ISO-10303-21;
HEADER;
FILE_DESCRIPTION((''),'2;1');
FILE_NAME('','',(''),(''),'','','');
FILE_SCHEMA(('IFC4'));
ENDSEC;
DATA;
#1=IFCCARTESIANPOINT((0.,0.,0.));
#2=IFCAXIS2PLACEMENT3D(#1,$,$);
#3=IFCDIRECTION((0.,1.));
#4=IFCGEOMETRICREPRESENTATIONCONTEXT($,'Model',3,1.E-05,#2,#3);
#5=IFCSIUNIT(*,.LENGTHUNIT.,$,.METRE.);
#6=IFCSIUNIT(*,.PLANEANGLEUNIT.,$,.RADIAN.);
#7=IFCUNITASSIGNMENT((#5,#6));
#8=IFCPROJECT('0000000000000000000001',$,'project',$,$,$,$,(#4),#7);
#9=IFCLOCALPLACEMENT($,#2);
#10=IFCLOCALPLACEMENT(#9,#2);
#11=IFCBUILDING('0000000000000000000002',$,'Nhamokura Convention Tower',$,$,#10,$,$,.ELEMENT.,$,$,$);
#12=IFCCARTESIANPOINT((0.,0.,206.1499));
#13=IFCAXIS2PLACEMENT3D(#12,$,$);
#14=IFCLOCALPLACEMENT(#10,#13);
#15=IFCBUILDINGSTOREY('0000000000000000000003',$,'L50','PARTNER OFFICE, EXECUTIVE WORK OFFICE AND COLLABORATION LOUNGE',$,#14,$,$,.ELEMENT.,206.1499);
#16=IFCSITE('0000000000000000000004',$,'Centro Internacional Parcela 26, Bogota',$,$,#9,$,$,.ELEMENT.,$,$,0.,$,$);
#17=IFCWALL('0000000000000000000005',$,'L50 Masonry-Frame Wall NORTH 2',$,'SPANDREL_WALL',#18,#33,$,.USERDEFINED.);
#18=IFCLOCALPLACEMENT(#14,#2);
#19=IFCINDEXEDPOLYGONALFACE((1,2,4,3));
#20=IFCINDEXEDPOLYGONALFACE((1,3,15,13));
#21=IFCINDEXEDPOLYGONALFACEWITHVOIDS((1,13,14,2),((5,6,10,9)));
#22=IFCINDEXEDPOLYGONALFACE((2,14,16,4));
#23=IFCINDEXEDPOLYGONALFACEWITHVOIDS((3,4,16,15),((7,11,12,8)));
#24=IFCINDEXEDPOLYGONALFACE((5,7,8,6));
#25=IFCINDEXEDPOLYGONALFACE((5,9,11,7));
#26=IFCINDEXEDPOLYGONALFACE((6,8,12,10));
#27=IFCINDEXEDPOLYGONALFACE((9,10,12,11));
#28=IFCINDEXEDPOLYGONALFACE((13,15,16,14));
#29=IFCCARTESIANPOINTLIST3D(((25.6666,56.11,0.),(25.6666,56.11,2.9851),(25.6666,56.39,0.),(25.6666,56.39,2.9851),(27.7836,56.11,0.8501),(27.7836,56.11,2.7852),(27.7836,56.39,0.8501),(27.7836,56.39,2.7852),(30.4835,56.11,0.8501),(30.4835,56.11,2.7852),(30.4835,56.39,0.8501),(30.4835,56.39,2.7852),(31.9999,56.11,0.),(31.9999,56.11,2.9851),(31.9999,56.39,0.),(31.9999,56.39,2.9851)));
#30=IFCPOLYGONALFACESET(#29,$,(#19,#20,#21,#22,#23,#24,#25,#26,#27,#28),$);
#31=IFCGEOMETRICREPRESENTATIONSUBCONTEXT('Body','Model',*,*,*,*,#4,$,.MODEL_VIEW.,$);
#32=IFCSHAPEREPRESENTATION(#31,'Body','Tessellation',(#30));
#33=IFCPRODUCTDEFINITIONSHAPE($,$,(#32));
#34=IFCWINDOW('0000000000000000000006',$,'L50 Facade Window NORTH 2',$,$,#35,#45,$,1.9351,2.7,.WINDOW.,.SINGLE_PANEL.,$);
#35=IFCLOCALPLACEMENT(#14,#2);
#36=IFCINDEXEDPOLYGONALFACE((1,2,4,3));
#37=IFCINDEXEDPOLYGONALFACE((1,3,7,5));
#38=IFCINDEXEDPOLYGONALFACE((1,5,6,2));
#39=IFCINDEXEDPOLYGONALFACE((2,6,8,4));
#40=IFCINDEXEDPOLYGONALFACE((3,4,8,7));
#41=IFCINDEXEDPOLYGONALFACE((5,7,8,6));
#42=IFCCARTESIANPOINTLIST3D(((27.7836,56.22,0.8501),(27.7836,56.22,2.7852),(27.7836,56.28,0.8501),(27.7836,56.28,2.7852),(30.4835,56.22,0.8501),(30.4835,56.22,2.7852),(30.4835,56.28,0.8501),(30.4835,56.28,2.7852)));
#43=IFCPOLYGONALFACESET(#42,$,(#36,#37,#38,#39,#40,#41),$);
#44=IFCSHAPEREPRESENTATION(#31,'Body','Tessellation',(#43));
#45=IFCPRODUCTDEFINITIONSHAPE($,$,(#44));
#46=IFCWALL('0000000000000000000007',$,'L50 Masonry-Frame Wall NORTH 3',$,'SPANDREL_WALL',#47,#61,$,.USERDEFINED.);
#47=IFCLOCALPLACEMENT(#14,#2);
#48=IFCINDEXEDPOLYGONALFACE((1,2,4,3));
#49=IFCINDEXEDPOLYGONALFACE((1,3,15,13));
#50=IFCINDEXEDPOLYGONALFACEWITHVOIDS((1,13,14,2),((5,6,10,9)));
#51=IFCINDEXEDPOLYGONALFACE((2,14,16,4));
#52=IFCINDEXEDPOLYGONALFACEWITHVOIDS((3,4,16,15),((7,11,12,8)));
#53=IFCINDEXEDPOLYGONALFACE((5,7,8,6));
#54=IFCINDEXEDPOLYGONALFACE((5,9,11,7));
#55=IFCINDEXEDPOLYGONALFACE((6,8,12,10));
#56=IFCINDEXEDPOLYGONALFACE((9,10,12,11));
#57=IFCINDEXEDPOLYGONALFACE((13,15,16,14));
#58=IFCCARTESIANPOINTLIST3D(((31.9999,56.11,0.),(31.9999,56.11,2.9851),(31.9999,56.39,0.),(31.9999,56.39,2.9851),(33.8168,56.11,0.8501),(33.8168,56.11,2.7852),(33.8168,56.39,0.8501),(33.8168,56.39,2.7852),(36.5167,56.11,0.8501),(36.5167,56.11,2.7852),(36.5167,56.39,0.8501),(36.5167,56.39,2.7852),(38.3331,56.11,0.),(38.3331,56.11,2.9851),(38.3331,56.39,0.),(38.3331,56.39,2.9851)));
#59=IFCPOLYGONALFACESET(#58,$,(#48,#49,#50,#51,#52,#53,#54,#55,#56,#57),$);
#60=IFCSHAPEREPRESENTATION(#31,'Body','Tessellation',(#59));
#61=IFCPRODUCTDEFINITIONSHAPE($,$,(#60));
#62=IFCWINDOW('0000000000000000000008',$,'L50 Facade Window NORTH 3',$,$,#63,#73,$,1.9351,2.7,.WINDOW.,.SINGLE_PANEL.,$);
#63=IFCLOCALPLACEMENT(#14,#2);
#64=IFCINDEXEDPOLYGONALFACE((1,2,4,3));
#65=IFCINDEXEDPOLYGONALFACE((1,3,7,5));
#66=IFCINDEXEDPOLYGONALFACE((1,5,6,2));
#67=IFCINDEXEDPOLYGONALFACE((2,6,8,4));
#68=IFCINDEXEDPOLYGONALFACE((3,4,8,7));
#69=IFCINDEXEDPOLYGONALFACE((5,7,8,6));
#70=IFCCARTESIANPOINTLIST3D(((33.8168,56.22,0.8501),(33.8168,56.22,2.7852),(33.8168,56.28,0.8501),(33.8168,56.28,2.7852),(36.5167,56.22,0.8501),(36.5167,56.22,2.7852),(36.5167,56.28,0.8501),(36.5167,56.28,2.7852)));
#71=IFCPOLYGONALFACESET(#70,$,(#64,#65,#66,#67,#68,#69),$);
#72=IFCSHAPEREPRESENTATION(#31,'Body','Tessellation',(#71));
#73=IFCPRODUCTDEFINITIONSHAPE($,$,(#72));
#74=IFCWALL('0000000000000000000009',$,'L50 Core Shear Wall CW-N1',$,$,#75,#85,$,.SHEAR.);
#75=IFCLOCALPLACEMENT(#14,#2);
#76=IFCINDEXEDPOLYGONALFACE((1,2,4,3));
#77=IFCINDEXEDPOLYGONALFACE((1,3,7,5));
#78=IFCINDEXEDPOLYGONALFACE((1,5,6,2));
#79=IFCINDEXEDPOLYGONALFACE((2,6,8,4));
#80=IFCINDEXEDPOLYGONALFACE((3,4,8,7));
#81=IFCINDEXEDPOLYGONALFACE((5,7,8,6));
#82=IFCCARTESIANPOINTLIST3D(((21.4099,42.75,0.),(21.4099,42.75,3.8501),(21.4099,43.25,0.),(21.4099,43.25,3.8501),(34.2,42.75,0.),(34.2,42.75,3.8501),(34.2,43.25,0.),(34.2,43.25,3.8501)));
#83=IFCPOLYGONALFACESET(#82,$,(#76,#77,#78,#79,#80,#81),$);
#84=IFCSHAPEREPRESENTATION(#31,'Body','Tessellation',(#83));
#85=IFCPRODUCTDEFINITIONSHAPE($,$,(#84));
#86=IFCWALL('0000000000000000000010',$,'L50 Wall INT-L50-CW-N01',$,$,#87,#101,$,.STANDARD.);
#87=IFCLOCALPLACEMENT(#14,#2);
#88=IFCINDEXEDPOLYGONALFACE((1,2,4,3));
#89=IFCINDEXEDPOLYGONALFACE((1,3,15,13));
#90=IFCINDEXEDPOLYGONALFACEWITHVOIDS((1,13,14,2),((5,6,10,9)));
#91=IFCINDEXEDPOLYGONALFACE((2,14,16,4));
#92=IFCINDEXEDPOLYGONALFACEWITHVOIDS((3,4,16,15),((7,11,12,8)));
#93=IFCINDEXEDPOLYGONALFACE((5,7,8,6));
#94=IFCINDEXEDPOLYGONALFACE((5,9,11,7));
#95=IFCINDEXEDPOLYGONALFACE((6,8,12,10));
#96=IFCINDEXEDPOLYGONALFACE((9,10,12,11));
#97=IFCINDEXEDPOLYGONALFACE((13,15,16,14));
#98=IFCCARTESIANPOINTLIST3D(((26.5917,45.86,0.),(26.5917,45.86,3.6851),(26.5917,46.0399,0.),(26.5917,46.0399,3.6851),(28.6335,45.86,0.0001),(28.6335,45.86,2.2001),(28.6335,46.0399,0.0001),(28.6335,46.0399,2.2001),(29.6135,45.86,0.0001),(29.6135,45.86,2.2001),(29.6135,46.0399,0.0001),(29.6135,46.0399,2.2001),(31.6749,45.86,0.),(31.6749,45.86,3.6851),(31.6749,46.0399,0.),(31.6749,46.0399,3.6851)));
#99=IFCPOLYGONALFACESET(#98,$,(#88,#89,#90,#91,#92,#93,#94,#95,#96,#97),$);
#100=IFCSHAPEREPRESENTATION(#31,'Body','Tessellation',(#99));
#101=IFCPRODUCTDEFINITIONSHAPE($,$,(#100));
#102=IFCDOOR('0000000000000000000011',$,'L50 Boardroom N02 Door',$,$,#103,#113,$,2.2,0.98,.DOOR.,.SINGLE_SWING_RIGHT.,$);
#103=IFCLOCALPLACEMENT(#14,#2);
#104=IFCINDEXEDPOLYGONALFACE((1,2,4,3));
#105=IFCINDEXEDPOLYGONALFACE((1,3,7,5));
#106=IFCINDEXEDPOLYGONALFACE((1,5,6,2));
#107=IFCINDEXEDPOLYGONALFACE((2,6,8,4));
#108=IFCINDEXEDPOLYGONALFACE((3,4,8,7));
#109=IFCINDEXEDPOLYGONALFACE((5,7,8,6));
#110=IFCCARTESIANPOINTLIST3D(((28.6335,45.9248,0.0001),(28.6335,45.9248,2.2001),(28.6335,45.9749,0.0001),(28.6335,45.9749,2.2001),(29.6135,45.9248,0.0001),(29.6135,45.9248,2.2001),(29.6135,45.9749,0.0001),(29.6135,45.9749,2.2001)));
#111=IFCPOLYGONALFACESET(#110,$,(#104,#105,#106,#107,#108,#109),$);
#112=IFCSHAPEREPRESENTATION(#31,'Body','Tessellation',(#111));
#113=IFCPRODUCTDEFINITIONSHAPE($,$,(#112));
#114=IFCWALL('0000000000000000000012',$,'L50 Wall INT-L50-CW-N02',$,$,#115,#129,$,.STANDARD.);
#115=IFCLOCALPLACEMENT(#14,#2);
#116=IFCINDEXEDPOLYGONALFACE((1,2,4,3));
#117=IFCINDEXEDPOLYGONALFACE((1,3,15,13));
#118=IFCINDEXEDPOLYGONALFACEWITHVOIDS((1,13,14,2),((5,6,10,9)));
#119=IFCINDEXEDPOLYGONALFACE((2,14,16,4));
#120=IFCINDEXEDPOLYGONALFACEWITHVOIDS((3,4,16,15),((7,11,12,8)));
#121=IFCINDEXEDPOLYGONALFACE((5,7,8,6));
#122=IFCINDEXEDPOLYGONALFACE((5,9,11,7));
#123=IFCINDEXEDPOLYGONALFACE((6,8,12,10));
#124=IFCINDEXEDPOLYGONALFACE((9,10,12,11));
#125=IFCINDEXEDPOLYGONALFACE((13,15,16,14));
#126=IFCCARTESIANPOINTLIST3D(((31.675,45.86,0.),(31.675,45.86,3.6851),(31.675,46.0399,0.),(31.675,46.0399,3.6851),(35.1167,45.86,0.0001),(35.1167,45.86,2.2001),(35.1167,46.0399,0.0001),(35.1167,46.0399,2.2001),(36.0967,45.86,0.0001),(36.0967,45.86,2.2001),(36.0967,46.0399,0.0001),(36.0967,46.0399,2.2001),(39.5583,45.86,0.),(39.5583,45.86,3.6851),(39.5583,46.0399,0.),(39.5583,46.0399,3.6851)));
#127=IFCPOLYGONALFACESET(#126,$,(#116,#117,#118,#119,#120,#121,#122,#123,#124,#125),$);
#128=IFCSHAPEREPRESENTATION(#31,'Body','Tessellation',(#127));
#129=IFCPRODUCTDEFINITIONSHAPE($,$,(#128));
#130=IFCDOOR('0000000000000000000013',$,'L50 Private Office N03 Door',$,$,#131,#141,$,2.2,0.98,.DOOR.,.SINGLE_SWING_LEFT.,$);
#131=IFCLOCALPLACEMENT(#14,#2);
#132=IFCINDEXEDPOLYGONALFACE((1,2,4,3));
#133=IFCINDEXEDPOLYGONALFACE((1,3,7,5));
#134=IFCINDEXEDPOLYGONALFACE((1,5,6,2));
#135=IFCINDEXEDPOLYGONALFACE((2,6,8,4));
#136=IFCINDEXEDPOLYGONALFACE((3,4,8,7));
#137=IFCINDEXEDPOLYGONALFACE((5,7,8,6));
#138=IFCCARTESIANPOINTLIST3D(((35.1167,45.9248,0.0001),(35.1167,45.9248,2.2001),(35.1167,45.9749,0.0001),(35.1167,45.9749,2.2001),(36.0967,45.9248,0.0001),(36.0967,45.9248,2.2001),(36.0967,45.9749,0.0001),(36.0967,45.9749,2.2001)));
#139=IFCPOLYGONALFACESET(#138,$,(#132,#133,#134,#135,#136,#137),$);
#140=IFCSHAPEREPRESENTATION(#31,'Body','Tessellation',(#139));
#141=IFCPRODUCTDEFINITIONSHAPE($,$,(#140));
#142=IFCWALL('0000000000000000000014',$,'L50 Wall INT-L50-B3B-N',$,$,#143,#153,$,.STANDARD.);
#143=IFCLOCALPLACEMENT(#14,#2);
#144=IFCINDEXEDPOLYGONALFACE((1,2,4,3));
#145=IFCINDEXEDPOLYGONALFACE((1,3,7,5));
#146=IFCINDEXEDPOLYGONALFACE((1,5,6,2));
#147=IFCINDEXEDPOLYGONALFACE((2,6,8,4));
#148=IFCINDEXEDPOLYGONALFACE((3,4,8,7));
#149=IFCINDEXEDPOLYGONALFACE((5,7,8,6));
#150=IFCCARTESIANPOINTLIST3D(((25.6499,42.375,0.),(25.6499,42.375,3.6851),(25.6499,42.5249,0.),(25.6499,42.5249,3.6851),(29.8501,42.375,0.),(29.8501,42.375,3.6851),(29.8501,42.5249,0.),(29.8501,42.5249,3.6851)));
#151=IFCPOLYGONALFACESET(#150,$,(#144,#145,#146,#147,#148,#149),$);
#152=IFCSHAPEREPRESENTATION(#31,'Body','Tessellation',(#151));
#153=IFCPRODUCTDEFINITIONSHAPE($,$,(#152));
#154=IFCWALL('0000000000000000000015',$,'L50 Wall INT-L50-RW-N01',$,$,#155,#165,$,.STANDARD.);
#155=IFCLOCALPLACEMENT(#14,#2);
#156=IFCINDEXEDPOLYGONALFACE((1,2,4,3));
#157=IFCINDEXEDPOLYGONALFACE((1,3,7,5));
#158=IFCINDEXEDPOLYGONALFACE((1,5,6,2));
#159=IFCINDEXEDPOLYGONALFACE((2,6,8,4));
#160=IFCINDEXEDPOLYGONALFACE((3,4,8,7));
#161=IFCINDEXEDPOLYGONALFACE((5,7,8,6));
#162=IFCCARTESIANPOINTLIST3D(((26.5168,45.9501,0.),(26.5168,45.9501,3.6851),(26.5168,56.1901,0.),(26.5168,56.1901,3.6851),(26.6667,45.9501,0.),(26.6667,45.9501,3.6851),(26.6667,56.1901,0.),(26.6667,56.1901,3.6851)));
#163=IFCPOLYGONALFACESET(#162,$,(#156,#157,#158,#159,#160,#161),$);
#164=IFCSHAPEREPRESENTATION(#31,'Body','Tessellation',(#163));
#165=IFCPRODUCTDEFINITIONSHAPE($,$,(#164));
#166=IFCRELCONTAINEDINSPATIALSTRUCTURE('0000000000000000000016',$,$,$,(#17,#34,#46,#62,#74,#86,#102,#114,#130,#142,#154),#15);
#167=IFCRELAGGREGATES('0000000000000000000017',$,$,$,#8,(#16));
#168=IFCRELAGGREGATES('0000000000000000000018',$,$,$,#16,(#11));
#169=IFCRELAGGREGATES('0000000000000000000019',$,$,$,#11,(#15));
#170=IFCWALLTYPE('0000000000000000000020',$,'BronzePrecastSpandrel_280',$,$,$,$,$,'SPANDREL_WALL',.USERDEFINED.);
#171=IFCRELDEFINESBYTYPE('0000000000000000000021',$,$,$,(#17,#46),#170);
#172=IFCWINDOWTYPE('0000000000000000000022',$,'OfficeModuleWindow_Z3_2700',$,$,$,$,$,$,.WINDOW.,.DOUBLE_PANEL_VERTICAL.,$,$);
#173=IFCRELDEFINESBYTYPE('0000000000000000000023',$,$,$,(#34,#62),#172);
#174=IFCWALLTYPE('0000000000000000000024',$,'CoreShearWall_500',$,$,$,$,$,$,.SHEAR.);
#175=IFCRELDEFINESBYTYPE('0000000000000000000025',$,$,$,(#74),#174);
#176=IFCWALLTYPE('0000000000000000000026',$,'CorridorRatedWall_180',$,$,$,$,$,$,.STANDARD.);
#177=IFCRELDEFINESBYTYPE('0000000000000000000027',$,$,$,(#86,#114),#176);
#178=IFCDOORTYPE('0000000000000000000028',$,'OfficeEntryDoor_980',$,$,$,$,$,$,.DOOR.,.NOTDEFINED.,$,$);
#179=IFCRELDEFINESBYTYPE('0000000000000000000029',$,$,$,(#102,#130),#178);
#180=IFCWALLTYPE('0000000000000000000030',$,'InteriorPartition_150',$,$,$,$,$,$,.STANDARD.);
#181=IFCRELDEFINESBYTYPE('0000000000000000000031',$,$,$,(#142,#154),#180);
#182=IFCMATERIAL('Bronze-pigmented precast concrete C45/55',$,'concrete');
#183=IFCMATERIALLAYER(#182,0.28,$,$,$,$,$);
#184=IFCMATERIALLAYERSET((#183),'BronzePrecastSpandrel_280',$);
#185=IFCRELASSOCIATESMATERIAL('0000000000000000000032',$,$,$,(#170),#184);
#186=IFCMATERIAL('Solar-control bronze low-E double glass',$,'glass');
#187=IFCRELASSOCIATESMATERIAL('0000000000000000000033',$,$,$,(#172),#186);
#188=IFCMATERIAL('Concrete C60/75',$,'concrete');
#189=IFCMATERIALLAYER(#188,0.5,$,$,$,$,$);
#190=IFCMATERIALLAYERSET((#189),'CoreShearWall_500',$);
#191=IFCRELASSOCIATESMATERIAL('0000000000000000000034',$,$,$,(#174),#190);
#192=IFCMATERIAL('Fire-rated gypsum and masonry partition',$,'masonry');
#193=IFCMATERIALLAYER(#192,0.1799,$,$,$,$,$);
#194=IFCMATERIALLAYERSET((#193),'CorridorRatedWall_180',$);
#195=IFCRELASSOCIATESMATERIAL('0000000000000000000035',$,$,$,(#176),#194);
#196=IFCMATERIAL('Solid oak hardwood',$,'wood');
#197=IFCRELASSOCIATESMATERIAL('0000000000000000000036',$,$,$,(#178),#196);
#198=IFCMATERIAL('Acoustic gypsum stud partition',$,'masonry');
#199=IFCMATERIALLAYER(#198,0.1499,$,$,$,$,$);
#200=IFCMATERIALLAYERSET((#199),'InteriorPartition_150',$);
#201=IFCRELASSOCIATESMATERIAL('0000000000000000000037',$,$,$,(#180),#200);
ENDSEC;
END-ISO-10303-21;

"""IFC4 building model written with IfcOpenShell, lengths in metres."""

from ifc_helpers import new_model, si_unit, direction, frame, frame_2d, origin, place, context, subcontext, project, spatial, rectangle, extrude, material, layer, layer_set, type_object, element, fill, save


model = new_model("IFC4")

# Units and contexts
model_context = context("Model", 3, precision=1e-05, world=origin(), true_north=direction((0.0, 1.0)))
body_context = subcontext(model_context, "Body", "Model", "MODEL_VIEW")
ifc_project = project(units=[si_unit("LENGTHUNIT", "METRE"), si_unit("PLANEANGLEUNIT", "RADIAN")], contexts=[model_context])

# Site, building, storey
site_placement = place(None, origin())
site = spatial("IfcSite", under=ifc_project, at=site_placement, Name="Centro Internacional Parcela 26, Bogota", CompositionType="ELEMENT", RefElevation=0.0)
building_placement = place(site_placement, origin())
building = spatial("IfcBuilding", under=site, at=building_placement, Name="Nhamokura Convention Tower", CompositionType="ELEMENT")
storey_placement = place(building_placement, frame((0.0, 0.0, 206.1499)))
storey = spatial("IfcBuildingStorey", under=building, at=storey_placement, Name="L50", Description="PARTNER OFFICE, EXECUTIVE WORK OFFICE AND COLLABORATION LOUNGE", CompositionType="ELEMENT", Elevation=206.1499)

# Walls, openings, windows
ifc_material_1 = material(Name="Bronze-pigmented precast concrete C45/55", Category="concrete")
ifc_layer_1 = layer(ifc_material_1, 0.28)
ifc_layer_set_1 = layer_set([ifc_layer_1], Name="BronzePrecastSpandrel_280")
wall_type_1 = type_object("IfcWallType", Name="BronzePrecastSpandrel_280", ElementType="SPANDREL_WALL", PredefinedType="USERDEFINED", material=ifc_layer_set_1)
wall_1_placement = place(storey_placement, frame((25.6667, 56.25, 0.0), z_axis=(0.0, 0.0, 1.0), x_axis=(1.0, 0.0, 0.0)))
wall_1 = element("IfcWall", 1, at=wall_1_placement, inside=storey, type_object=wall_type_1, Name="L50 Masonry-Frame Wall NORTH 2", ObjectType="SPANDREL_WALL", PredefinedType="USERDEFINED", context=body_context, shape_type="SweptSolid", body=[
    extrude(rectangle(XDim=6.3333, YDim=0.28, at=frame_2d((3.1665, 0.0))), origin(), (0.0, 0.0, 1.0), 2.9851),
])
opening_1_placement = place(wall_1_placement, frame((2.1167, 0.0, 0.8501)))
opening_1 = element("IfcOpeningElement", 2, at=opening_1_placement, cuts=wall_1, PredefinedType="OPENING", context=body_context, shape_type="SweptSolid", body=[
    extrude(rectangle(XDim=2.7, YDim=1.9351, at=frame_2d((1.3501, 0.9675))), frame((0.0, 0.1499, 0.0), z_axis=(0.0, -1.0, 0.0), x_axis=(1.0, 0.0, 0.0)), (0.0, 0.0, 1.0), 0.3),
])
ifc_material_2 = material(Name="Solar-control bronze low-E double glass", Category="glass")
window_type = type_object("IfcWindowType", Name="OfficeModuleWindow_Z3_2700", PartitioningType="DOUBLE_PANEL_VERTICAL", PredefinedType="WINDOW", material=ifc_material_2)
window_1_placement = place(opening_1_placement, origin())
window_1 = element("IfcWindow", 3, at=window_1_placement, inside=storey, type_object=window_type, Name="L50 Facade Window NORTH 2", OverallHeight=1.9351, OverallWidth=2.7, PartitioningType="SINGLE_PANEL", PredefinedType="WINDOW", context=body_context, shape_type="SweptSolid", body=[
    extrude(rectangle(XDim=2.7, YDim=1.9351, at=frame_2d((1.3501, 0.9675))), frame((0.0, 0.03, 0.0), z_axis=(0.0, -1.0, 0.0), x_axis=(1.0, 0.0, 0.0)), (0.0, 0.0, 1.0), 0.0601),
])
fill(opening_1, window_1)
wall_2_placement = place(storey_placement, frame((32.0, 56.25, 0.0), z_axis=(0.0, 0.0, 1.0), x_axis=(1.0, 0.0, 0.0)))
wall_2 = element("IfcWall", 4, at=wall_2_placement, inside=storey, type_object=wall_type_1, Name="L50 Masonry-Frame Wall NORTH 3", ObjectType="SPANDREL_WALL", PredefinedType="USERDEFINED", context=body_context, shape_type="SweptSolid", body=[
    extrude(rectangle(XDim=6.3333, YDim=0.28, at=frame_2d((3.1665, 0.0))), origin(), (0.0, 0.0, 1.0), 2.9851),
])
opening_2_placement = place(wall_2_placement, frame((1.8167, 0.0, 0.8501)))
opening_2 = element("IfcOpeningElement", 5, at=opening_2_placement, cuts=wall_2, PredefinedType="OPENING", context=body_context, shape_type="SweptSolid", body=[
    extrude(rectangle(XDim=2.7, YDim=1.9351, at=frame_2d((1.3501, 0.9675))), frame((0.0, 0.1499, 0.0), z_axis=(0.0, -1.0, 0.0), x_axis=(1.0, 0.0, 0.0)), (0.0, 0.0, 1.0), 0.3),
])
window_2_placement = place(opening_2_placement, origin())
window_2 = element("IfcWindow", 6, at=window_2_placement, inside=storey, type_object=window_type, Name="L50 Facade Window NORTH 3", OverallHeight=1.9351, OverallWidth=2.7, PartitioningType="SINGLE_PANEL", PredefinedType="WINDOW", context=body_context, shape_type="SweptSolid", body=[
    extrude(rectangle(XDim=2.7, YDim=1.9351, at=frame_2d((1.3501, 0.9675))), frame((0.0, 0.03, 0.0), z_axis=(0.0, -1.0, 0.0), x_axis=(1.0, 0.0, 0.0)), (0.0, 0.0, 1.0), 0.0601),
])
fill(opening_2, window_2)

# Wall
ifc_material_3 = material(Name="Concrete C60/75", Category="concrete")
ifc_layer_2 = layer(ifc_material_3, 0.5)
ifc_layer_set_2 = layer_set([ifc_layer_2], Name="CoreShearWall_500")
wall_type_2 = type_object("IfcWallType", Name="CoreShearWall_500", PredefinedType="SHEAR", material=ifc_layer_set_2)
wall_3_placement = place(storey_placement, frame((21.4099, 43.0, 0.0), z_axis=(0.0, 0.0, 1.0), x_axis=(1.0, 0.0, 0.0)))
element("IfcWall", 7, at=wall_3_placement, inside=storey, type_object=wall_type_2, Name="L50 Core Shear Wall CW-N1", PredefinedType="SHEAR", context=body_context, shape_type="SweptSolid", body=[
    extrude(rectangle(XDim=12.79, YDim=0.5, at=frame_2d((6.395, 0.0))), origin(), (0.0, 0.0, 1.0), 3.8501),
])

# Walls, openings, doors
ifc_material_4 = material(Name="Fire-rated gypsum and masonry partition", Category="masonry")
ifc_layer_3 = layer(ifc_material_4, 0.1799)
ifc_layer_set_3 = layer_set([ifc_layer_3], Name="CorridorRatedWall_180")
wall_type_3 = type_object("IfcWallType", Name="CorridorRatedWall_180", PredefinedType="STANDARD", material=ifc_layer_set_3)
wall_4_placement = place(storey_placement, frame((26.5918, 45.95, 0.0), z_axis=(0.0, 0.0, 1.0), x_axis=(1.0, 0.0, 0.0)))
wall_4 = element("IfcWall", 8, at=wall_4_placement, inside=storey, type_object=wall_type_3, Name="L50 Wall INT-L50-CW-N01", PredefinedType="STANDARD", context=body_context, shape_type="SweptSolid", body=[
    extrude(rectangle(XDim=5.0833, YDim=0.1799, at=frame_2d((2.5415, 0.0))), origin(), (0.0, 0.0, 1.0), 3.6851),
])
opening_3_placement = place(wall_4_placement, frame((2.0417, 0.0, 0.0)))
opening_3 = element("IfcOpeningElement", 9, at=opening_3_placement, cuts=wall_4, PredefinedType="OPENING", context=body_context, shape_type="SweptSolid", body=[
    extrude(rectangle(XDim=0.98, YDim=2.2, at=frame_2d((0.49, 1.1001))), frame((0.0, 0.0999, 0.0), z_axis=(0.0, -1.0, 0.0), x_axis=(1.0, 0.0, 0.0)), (0.0, 0.0, 1.0), 0.2),
])
ifc_material_5 = material(Name="Solid oak hardwood", Category="wood")
door_type = type_object("IfcDoorType", Name="OfficeEntryDoor_980", OperationType="NOTDEFINED", PredefinedType="DOOR", material=ifc_material_5)
door_1_placement = place(opening_3_placement, origin())
door_1 = element("IfcDoor", 10, at=door_1_placement, inside=storey, type_object=door_type, Name="L50 Boardroom N02 Door", OperationType="SINGLE_SWING_RIGHT", OverallHeight=2.2, OverallWidth=0.98, PredefinedType="DOOR", context=body_context, shape_type="SweptSolid", body=[
    extrude(rectangle(XDim=0.98, YDim=2.2, at=frame_2d((0.49, 1.1001))), frame((0.0, 0.0249, 0.0), z_axis=(0.0, -1.0, 0.0), x_axis=(1.0, 0.0, 0.0)), (0.0, 0.0, 1.0), 0.05),
])
fill(opening_3, door_1)
wall_5_placement = place(storey_placement, frame((31.675, 45.95, 0.0), z_axis=(0.0, 0.0, 1.0), x_axis=(1.0, 0.0, 0.0)))
wall_5 = element("IfcWall", 11, at=wall_5_placement, inside=storey, type_object=wall_type_3, Name="L50 Wall INT-L50-CW-N02", PredefinedType="STANDARD", context=body_context, shape_type="SweptSolid", body=[
    extrude(rectangle(XDim=7.8833, YDim=0.1799, at=frame_2d((3.9417, 0.0))), origin(), (0.0, 0.0, 1.0), 3.6851),
])
opening_4_placement = place(wall_5_placement, frame((3.4417, 0.0, 0.0)))
opening_4 = element("IfcOpeningElement", 12, at=opening_4_placement, cuts=wall_5, PredefinedType="OPENING", context=body_context, shape_type="SweptSolid", body=[
    extrude(rectangle(XDim=0.98, YDim=2.2, at=frame_2d((0.49, 1.1001))), frame((0.0, 0.0999, 0.0), z_axis=(0.0, -1.0, 0.0), x_axis=(1.0, 0.0, 0.0)), (0.0, 0.0, 1.0), 0.2),
])
door_2_placement = place(opening_4_placement, origin())
door_2 = element("IfcDoor", 13, at=door_2_placement, inside=storey, type_object=door_type, Name="L50 Private Office N03 Door", OperationType="SINGLE_SWING_LEFT", OverallHeight=2.2, OverallWidth=0.98, PredefinedType="DOOR", context=body_context, shape_type="SweptSolid", body=[
    extrude(rectangle(XDim=0.98, YDim=2.2, at=frame_2d((0.49, 1.1001))), frame((0.0, 0.0249, 0.0), z_axis=(0.0, -1.0, 0.0), x_axis=(1.0, 0.0, 0.0)), (0.0, 0.0, 1.0), 0.05),
])
fill(opening_4, door_2)

# Walls
ifc_material_6 = material(Name="Acoustic gypsum stud partition", Category="masonry")
ifc_layer_4 = layer(ifc_material_6, 0.1499)
ifc_layer_set_4 = layer_set([ifc_layer_4], Name="InteriorPartition_150")
wall_type_4 = type_object("IfcWallType", Name="InteriorPartition_150", PredefinedType="STANDARD", material=ifc_layer_set_4)
wall_6_placement = place(storey_placement, frame((25.6499, 42.45, 0.0), z_axis=(0.0, 0.0, 1.0), x_axis=(1.0, 0.0, 0.0)))
element("IfcWall", 14, at=wall_6_placement, inside=storey, type_object=wall_type_4, Name="L50 Wall INT-L50-B3B-N", PredefinedType="STANDARD", context=body_context, shape_type="SweptSolid", body=[
    extrude(rectangle(XDim=4.2002, YDim=0.1499, at=frame_2d((2.1001, 0.0))), origin(), (0.0, 0.0, 1.0), 3.6851),
])
for number, where, z_axis, x_axis, name in (
    (15, (26.5918, 45.95, 0.0), (0.0, 0.0, 1.0), (0.0, 1.0, 0.0), "L50 Wall INT-L50-RW-N01"),
):
    element("IfcWall", number, at=place(storey_placement, frame(where, z_axis=z_axis, x_axis=x_axis)), inside=storey, type_object=wall_type_4, Name=name, PredefinedType="STANDARD", context=body_context, shape_type="SweptSolid", body=[
        extrude(rectangle(XDim=10.24, YDim=0.1499, at=frame_2d((5.1201, 0.0))), origin(), (0.0, 0.0, 1.0), 3.6851),
    ])

save(model, "model.ifc")
